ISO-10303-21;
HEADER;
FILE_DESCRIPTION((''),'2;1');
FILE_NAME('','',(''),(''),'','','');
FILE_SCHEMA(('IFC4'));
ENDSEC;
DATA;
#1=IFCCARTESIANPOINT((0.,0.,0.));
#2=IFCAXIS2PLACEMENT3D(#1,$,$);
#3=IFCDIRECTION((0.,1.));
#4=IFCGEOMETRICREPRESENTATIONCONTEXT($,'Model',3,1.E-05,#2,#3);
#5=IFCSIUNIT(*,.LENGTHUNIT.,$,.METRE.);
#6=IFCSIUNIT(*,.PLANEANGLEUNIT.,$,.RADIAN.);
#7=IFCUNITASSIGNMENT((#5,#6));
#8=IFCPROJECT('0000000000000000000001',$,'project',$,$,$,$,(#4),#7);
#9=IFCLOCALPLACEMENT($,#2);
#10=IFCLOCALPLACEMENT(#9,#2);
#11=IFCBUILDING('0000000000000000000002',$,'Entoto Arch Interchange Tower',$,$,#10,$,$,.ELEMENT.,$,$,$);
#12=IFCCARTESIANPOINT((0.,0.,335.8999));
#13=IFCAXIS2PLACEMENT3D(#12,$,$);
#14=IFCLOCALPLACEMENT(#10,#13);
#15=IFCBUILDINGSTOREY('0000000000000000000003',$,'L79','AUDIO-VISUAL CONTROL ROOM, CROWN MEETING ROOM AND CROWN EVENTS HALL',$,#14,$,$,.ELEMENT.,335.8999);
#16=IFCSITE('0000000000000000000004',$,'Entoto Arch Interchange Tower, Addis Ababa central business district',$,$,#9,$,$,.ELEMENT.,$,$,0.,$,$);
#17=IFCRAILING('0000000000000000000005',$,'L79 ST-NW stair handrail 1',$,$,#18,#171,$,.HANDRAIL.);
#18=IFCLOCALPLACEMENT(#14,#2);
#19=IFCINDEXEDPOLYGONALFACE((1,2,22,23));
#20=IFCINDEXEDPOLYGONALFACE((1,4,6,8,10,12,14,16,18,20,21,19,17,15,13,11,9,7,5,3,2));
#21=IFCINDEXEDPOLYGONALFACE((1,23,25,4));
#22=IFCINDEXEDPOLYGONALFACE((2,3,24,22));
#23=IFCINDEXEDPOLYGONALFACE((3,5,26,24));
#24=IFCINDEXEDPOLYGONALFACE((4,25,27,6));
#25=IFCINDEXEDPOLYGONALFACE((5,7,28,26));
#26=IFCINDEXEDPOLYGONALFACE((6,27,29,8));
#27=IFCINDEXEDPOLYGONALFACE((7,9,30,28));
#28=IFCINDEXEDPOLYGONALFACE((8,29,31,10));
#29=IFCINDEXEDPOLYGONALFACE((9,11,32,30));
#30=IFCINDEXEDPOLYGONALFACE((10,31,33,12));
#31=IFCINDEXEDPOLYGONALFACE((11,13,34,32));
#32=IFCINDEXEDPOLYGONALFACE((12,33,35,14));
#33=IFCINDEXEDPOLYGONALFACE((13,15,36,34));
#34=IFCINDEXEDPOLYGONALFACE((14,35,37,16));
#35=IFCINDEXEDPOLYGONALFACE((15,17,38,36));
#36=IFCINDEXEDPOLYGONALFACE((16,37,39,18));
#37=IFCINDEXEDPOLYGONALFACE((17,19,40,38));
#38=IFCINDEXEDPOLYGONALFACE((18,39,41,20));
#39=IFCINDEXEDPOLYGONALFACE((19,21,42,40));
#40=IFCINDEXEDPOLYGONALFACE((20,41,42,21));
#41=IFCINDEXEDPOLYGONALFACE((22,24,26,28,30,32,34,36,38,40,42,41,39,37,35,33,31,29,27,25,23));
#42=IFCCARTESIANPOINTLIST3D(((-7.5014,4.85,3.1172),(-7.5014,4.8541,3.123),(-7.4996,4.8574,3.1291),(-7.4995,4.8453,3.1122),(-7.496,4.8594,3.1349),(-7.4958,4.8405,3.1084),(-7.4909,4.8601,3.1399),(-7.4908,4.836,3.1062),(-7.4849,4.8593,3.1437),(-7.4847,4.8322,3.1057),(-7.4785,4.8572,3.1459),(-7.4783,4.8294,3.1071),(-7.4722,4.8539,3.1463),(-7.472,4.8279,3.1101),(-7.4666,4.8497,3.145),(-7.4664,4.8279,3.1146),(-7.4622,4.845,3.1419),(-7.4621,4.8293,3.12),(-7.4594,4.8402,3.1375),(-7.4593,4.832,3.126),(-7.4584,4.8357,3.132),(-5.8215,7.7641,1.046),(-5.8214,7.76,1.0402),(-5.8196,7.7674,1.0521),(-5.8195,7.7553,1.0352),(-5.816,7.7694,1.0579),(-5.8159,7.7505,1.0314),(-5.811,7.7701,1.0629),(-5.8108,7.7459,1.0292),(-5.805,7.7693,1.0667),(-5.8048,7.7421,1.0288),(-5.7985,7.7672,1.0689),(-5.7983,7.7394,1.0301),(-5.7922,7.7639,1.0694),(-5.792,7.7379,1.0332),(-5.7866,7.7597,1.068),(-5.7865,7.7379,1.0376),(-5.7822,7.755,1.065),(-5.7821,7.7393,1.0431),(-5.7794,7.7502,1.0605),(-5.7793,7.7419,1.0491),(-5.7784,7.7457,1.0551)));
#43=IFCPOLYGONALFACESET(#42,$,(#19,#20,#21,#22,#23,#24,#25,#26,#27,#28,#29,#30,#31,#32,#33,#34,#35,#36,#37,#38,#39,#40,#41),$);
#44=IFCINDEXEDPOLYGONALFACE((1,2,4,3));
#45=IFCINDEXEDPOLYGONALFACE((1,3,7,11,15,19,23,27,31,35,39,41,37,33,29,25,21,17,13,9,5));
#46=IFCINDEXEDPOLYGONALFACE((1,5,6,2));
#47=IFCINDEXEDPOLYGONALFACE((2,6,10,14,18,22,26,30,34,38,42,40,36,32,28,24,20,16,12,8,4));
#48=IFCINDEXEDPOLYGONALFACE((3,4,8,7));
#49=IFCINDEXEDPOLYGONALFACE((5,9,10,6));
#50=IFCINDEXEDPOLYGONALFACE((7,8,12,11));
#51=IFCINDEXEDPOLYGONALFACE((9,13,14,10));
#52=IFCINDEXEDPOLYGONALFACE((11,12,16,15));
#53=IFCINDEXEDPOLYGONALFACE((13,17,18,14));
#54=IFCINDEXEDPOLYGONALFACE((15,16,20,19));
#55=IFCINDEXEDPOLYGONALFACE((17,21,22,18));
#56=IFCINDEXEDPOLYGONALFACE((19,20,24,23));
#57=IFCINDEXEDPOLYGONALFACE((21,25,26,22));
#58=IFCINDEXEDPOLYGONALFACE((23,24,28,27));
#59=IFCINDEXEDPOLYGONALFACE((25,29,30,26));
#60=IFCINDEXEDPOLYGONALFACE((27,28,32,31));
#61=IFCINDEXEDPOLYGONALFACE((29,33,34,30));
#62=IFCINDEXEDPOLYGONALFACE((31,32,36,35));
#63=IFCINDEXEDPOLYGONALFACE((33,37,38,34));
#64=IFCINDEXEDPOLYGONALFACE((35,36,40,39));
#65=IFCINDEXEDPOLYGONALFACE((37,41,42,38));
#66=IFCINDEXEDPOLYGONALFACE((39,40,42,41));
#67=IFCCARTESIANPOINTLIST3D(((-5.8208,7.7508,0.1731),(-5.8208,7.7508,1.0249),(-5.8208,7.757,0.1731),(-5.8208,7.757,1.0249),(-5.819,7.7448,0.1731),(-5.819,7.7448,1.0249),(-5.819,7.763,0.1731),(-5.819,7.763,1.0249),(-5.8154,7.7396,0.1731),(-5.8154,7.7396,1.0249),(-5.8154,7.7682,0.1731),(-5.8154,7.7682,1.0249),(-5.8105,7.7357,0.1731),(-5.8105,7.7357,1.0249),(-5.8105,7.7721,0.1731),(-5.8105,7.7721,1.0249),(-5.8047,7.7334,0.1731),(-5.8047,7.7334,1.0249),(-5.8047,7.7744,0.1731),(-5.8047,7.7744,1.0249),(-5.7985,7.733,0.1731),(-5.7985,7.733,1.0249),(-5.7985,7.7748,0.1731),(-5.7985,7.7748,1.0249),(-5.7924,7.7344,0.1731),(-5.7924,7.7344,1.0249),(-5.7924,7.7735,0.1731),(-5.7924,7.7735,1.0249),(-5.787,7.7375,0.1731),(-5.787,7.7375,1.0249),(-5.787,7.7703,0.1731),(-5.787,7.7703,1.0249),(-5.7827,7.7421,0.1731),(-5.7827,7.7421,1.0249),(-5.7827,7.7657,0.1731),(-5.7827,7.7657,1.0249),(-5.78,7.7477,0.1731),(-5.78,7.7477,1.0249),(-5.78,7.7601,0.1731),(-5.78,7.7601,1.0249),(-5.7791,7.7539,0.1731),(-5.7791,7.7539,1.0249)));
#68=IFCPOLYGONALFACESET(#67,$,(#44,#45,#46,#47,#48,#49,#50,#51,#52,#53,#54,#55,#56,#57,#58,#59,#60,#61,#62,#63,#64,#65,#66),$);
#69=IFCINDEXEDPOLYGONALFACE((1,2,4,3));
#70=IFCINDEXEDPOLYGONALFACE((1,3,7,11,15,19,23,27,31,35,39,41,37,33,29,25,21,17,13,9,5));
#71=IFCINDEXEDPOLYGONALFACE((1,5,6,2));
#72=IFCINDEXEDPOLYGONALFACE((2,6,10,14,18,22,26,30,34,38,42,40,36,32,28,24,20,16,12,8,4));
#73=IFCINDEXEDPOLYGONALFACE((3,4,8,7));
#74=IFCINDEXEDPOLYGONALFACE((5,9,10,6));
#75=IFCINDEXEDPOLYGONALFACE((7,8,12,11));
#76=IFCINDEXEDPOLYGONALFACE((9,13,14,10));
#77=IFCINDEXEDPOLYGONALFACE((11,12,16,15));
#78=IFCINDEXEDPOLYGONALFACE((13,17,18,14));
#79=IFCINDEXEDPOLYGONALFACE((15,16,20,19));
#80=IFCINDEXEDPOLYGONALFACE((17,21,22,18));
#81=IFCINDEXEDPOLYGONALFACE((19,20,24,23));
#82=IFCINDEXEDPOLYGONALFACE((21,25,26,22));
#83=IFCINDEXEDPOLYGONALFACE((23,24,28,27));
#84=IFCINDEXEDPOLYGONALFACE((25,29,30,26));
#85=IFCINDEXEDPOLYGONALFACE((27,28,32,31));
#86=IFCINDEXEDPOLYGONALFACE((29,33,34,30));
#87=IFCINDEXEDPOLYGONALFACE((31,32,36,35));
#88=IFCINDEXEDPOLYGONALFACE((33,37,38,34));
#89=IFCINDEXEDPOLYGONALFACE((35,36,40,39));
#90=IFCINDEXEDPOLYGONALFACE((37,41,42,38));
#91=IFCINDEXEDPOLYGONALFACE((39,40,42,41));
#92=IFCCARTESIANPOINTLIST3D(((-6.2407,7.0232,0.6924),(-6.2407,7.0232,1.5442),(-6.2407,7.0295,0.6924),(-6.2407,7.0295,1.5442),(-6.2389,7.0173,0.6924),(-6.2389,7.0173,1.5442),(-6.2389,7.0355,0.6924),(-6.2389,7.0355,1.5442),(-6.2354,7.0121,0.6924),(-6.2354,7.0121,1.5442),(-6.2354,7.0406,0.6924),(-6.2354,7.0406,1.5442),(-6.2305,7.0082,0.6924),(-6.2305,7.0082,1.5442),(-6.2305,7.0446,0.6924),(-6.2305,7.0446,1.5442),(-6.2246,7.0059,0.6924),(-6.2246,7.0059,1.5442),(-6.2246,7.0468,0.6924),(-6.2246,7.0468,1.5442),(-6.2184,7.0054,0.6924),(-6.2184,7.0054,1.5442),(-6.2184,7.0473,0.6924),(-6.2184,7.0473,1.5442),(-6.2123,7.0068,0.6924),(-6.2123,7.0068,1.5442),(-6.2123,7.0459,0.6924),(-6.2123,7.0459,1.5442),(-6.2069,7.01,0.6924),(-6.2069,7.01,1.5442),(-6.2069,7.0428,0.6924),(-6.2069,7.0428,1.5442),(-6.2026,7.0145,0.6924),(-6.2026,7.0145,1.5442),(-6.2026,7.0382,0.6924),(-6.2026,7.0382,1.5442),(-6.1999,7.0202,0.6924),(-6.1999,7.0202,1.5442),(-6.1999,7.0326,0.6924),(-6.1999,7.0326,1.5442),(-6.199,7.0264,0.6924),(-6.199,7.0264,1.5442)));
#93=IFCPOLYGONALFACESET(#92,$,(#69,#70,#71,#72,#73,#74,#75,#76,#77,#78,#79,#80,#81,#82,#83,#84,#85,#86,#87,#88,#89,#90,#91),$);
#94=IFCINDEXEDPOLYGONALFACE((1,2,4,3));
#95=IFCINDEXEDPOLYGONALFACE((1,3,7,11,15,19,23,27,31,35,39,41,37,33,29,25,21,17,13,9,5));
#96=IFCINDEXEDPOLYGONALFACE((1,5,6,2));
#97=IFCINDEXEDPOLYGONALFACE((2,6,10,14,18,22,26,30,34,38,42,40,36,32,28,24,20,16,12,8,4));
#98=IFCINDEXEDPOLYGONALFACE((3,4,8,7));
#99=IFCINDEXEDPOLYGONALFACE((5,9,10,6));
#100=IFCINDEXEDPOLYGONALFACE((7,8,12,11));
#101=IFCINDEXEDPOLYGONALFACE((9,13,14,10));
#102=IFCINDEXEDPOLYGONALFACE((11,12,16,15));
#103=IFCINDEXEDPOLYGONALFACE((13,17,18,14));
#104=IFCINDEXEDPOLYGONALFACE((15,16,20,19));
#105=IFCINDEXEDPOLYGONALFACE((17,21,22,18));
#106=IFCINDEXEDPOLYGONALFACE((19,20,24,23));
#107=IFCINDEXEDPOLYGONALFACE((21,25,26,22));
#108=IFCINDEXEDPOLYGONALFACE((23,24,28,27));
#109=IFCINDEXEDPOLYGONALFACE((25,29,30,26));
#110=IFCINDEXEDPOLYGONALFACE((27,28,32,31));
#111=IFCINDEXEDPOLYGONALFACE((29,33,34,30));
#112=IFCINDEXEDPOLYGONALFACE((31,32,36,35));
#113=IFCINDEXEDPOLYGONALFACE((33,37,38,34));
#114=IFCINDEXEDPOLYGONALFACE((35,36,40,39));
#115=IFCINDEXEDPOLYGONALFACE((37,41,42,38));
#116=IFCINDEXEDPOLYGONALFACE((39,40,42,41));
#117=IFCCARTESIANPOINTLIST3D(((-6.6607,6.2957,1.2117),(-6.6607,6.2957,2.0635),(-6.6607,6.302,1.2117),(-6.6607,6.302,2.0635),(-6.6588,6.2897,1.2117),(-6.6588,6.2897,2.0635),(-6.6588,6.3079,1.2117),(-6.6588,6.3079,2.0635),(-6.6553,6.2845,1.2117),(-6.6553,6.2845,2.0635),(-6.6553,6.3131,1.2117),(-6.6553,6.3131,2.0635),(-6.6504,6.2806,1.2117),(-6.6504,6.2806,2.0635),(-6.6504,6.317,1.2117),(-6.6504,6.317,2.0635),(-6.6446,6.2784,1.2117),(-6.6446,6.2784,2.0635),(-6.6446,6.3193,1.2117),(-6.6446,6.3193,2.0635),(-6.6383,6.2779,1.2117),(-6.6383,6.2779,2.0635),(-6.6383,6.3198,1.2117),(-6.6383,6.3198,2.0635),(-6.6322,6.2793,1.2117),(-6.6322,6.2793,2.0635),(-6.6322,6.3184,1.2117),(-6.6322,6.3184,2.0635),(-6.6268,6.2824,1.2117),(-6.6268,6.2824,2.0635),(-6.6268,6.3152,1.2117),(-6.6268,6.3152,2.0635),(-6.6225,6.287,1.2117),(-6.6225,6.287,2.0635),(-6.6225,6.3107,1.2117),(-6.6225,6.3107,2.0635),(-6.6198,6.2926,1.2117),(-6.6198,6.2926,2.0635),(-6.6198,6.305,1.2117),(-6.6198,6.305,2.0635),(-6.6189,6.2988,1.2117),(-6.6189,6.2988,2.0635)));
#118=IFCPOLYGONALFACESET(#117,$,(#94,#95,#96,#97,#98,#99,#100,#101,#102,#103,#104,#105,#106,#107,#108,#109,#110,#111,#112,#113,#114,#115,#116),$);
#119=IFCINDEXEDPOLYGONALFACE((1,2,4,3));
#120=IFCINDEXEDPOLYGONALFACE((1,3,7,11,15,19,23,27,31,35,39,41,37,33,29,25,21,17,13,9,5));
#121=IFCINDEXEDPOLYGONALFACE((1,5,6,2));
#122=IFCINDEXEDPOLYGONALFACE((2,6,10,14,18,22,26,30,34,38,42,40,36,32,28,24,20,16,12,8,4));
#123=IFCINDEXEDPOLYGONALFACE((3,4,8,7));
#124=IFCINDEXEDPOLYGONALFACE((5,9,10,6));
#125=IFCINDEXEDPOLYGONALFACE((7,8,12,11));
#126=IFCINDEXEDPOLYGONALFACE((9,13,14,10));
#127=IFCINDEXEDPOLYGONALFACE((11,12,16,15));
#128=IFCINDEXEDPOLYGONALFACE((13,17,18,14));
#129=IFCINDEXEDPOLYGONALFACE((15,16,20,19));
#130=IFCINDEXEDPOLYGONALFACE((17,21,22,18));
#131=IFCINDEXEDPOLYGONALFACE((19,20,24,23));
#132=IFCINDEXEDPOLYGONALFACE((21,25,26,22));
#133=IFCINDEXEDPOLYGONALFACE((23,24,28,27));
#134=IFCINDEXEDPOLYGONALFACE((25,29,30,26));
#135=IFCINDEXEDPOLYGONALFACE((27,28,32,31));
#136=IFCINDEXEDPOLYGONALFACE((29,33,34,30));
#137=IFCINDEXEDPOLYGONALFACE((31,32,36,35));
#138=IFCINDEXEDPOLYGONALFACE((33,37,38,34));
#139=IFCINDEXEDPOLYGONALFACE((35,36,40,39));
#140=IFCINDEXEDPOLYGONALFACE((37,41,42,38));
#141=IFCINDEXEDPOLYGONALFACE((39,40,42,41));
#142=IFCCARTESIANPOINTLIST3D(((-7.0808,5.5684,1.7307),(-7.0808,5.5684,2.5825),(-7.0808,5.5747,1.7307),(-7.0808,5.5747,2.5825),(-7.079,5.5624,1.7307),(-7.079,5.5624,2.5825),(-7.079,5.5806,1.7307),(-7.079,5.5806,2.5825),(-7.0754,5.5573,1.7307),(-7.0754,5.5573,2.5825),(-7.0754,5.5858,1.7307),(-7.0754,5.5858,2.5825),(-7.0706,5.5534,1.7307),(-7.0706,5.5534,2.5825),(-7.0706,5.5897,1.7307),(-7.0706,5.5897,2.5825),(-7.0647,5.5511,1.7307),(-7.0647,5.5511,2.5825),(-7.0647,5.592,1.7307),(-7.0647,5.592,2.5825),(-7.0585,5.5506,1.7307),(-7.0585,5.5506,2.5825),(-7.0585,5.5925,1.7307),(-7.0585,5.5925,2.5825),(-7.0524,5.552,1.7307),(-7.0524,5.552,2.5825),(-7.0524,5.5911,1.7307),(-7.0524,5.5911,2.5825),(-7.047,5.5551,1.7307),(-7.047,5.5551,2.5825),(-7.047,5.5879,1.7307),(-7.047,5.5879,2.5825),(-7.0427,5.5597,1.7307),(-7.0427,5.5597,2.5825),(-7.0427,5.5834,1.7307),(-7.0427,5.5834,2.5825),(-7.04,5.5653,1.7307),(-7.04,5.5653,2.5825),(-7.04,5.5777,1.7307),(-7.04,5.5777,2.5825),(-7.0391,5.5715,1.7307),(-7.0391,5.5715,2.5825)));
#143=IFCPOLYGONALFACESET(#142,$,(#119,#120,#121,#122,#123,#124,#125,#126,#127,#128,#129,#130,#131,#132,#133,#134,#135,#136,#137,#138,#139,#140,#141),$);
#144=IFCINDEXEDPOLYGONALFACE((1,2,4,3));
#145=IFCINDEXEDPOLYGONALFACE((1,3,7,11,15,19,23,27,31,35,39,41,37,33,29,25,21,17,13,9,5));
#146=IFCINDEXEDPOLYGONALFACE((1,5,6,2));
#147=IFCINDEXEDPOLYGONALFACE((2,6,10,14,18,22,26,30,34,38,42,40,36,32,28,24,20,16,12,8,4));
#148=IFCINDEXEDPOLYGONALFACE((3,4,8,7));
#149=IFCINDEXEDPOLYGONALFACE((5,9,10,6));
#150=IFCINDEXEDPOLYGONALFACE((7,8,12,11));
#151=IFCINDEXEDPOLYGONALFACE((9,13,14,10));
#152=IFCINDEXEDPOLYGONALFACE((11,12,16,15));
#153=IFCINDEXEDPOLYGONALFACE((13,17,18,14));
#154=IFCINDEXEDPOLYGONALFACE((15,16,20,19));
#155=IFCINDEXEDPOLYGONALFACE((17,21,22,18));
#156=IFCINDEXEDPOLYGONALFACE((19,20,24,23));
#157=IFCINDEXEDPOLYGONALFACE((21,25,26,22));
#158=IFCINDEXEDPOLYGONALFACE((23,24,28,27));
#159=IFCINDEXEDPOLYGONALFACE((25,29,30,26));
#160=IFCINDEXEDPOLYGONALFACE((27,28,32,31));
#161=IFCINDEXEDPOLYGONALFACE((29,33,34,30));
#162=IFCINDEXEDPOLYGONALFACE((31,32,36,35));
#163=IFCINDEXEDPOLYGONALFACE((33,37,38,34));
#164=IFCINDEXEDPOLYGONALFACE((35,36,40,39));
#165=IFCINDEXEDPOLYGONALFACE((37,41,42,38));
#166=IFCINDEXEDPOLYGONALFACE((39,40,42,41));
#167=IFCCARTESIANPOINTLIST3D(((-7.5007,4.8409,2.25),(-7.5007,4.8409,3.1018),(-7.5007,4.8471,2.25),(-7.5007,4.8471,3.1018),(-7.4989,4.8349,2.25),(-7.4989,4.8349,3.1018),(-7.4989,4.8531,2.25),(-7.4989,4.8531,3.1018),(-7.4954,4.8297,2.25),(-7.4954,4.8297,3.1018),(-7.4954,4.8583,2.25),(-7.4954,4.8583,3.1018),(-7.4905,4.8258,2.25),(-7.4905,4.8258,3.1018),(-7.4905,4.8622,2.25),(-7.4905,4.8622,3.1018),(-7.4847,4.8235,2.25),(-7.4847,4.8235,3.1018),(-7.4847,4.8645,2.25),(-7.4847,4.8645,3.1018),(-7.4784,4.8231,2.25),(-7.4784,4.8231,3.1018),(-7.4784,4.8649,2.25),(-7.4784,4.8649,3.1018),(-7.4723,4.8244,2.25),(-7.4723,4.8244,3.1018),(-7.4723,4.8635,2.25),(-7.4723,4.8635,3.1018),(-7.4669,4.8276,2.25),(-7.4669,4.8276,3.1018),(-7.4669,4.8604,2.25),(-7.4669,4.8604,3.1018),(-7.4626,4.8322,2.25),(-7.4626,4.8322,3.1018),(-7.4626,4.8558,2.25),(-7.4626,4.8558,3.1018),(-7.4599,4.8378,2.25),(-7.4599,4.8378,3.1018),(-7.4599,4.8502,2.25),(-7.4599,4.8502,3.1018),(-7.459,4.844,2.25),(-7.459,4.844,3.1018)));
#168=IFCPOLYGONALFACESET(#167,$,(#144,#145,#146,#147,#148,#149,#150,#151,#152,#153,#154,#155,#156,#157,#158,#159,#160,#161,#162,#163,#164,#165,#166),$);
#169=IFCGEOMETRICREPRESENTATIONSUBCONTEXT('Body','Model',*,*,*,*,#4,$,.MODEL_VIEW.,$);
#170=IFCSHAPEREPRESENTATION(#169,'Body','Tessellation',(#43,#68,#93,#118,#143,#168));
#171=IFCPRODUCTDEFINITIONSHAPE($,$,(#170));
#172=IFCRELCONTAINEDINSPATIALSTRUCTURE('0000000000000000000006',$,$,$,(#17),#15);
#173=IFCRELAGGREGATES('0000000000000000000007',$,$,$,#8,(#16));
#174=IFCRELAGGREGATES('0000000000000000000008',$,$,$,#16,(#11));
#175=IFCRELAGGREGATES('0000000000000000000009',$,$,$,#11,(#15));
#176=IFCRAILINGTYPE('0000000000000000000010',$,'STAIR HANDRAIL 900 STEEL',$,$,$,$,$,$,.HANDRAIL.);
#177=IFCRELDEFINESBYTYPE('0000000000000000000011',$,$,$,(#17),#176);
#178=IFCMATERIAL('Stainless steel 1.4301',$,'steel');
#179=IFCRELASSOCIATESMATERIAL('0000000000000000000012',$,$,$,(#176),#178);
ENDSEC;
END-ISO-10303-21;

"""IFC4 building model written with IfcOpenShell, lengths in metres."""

from ifc_helpers import new_model, si_unit, direction, frame, origin, origin_2d, place, context, subcontext, project, spatial, circle, extrude, material, type_object, element, save


model = new_model("IFC4")

# Units and contexts
model_context = context("Model", 3, precision=1e-05, world=origin(), true_north=direction((0.0, 1.0)))
body_context = subcontext(model_context, "Body", "Model", "MODEL_VIEW")
ifc_project = project(units=[si_unit("LENGTHUNIT", "METRE"), si_unit("PLANEANGLEUNIT", "RADIAN")], contexts=[model_context])

# Site, building, storey
site_placement = place(None, origin())
site = spatial("IfcSite", under=ifc_project, at=site_placement, Name="Entoto Arch Interchange Tower, Addis Ababa central business district", CompositionType="ELEMENT", RefElevation=0.0)
building_placement = place(site_placement, origin())
building = spatial("IfcBuilding", under=site, at=building_placement, Name="Entoto Arch Interchange Tower", CompositionType="ELEMENT")
storey_placement = place(building_placement, frame((0.0, 0.0, 335.8999)))
storey = spatial("IfcBuildingStorey", under=building, at=storey_placement, Name="L79", Description="AUDIO-VISUAL CONTROL ROOM, CROWN MEETING ROOM AND CROWN EVENTS HALL", CompositionType="ELEMENT", Elevation=335.8999)

# Railing
ifc_material_1 = material(Name="Stainless steel 1.4301", Category="steel")
railing_type = type_object("IfcRailingType", Name="STAIR HANDRAIL 900 STEEL", PredefinedType="HANDRAIL", material=ifc_material_1)
railing_placement = place(storey_placement, frame((-5.8, 7.7539, 0.1731)))
element("IfcRailing", 1, at=railing_placement, inside=storey, type_object=railing_type, Name="L79 ST-NW stair handrail 1", PredefinedType="HANDRAIL", context=body_context, shape_type="SweptSolid", body=[
    extrude(circle(Radius=0.0239, at=origin_2d()), frame((0.0, 0.0, 0.876), z_axis=(-0.425288, -0.736668, 0.525785), x_axis=(0.866039, -0.499976, 0.0)), (0.0, 0.0, 1.0), 3.9502),
    extrude(circle(Radius=0.021, at=origin_2d()), origin(), (0.0, 0.0, 1.0), 0.8518),
    extrude(circle(Radius=0.021, at=origin_2d()), frame((-0.4199, -0.7275, 0.5193)), (0.0, 0.0, 1.0), 0.8518),
    extrude(circle(Radius=0.021, at=origin_2d()), frame((-0.8398, -1.4551, 1.0386)), (0.0, 0.0, 1.0), 0.8518),
    extrude(circle(Radius=0.021, at=origin_2d()), frame((-1.26, -2.1824, 1.5576)), (0.0, 0.0, 1.0), 0.8518),
    extrude(circle(Radius=0.021, at=origin_2d()), frame((-1.6799, -2.9099, 2.0769)), (0.0, 0.0, 1.0), 0.8518),
])

save(model, "model.ifc")
